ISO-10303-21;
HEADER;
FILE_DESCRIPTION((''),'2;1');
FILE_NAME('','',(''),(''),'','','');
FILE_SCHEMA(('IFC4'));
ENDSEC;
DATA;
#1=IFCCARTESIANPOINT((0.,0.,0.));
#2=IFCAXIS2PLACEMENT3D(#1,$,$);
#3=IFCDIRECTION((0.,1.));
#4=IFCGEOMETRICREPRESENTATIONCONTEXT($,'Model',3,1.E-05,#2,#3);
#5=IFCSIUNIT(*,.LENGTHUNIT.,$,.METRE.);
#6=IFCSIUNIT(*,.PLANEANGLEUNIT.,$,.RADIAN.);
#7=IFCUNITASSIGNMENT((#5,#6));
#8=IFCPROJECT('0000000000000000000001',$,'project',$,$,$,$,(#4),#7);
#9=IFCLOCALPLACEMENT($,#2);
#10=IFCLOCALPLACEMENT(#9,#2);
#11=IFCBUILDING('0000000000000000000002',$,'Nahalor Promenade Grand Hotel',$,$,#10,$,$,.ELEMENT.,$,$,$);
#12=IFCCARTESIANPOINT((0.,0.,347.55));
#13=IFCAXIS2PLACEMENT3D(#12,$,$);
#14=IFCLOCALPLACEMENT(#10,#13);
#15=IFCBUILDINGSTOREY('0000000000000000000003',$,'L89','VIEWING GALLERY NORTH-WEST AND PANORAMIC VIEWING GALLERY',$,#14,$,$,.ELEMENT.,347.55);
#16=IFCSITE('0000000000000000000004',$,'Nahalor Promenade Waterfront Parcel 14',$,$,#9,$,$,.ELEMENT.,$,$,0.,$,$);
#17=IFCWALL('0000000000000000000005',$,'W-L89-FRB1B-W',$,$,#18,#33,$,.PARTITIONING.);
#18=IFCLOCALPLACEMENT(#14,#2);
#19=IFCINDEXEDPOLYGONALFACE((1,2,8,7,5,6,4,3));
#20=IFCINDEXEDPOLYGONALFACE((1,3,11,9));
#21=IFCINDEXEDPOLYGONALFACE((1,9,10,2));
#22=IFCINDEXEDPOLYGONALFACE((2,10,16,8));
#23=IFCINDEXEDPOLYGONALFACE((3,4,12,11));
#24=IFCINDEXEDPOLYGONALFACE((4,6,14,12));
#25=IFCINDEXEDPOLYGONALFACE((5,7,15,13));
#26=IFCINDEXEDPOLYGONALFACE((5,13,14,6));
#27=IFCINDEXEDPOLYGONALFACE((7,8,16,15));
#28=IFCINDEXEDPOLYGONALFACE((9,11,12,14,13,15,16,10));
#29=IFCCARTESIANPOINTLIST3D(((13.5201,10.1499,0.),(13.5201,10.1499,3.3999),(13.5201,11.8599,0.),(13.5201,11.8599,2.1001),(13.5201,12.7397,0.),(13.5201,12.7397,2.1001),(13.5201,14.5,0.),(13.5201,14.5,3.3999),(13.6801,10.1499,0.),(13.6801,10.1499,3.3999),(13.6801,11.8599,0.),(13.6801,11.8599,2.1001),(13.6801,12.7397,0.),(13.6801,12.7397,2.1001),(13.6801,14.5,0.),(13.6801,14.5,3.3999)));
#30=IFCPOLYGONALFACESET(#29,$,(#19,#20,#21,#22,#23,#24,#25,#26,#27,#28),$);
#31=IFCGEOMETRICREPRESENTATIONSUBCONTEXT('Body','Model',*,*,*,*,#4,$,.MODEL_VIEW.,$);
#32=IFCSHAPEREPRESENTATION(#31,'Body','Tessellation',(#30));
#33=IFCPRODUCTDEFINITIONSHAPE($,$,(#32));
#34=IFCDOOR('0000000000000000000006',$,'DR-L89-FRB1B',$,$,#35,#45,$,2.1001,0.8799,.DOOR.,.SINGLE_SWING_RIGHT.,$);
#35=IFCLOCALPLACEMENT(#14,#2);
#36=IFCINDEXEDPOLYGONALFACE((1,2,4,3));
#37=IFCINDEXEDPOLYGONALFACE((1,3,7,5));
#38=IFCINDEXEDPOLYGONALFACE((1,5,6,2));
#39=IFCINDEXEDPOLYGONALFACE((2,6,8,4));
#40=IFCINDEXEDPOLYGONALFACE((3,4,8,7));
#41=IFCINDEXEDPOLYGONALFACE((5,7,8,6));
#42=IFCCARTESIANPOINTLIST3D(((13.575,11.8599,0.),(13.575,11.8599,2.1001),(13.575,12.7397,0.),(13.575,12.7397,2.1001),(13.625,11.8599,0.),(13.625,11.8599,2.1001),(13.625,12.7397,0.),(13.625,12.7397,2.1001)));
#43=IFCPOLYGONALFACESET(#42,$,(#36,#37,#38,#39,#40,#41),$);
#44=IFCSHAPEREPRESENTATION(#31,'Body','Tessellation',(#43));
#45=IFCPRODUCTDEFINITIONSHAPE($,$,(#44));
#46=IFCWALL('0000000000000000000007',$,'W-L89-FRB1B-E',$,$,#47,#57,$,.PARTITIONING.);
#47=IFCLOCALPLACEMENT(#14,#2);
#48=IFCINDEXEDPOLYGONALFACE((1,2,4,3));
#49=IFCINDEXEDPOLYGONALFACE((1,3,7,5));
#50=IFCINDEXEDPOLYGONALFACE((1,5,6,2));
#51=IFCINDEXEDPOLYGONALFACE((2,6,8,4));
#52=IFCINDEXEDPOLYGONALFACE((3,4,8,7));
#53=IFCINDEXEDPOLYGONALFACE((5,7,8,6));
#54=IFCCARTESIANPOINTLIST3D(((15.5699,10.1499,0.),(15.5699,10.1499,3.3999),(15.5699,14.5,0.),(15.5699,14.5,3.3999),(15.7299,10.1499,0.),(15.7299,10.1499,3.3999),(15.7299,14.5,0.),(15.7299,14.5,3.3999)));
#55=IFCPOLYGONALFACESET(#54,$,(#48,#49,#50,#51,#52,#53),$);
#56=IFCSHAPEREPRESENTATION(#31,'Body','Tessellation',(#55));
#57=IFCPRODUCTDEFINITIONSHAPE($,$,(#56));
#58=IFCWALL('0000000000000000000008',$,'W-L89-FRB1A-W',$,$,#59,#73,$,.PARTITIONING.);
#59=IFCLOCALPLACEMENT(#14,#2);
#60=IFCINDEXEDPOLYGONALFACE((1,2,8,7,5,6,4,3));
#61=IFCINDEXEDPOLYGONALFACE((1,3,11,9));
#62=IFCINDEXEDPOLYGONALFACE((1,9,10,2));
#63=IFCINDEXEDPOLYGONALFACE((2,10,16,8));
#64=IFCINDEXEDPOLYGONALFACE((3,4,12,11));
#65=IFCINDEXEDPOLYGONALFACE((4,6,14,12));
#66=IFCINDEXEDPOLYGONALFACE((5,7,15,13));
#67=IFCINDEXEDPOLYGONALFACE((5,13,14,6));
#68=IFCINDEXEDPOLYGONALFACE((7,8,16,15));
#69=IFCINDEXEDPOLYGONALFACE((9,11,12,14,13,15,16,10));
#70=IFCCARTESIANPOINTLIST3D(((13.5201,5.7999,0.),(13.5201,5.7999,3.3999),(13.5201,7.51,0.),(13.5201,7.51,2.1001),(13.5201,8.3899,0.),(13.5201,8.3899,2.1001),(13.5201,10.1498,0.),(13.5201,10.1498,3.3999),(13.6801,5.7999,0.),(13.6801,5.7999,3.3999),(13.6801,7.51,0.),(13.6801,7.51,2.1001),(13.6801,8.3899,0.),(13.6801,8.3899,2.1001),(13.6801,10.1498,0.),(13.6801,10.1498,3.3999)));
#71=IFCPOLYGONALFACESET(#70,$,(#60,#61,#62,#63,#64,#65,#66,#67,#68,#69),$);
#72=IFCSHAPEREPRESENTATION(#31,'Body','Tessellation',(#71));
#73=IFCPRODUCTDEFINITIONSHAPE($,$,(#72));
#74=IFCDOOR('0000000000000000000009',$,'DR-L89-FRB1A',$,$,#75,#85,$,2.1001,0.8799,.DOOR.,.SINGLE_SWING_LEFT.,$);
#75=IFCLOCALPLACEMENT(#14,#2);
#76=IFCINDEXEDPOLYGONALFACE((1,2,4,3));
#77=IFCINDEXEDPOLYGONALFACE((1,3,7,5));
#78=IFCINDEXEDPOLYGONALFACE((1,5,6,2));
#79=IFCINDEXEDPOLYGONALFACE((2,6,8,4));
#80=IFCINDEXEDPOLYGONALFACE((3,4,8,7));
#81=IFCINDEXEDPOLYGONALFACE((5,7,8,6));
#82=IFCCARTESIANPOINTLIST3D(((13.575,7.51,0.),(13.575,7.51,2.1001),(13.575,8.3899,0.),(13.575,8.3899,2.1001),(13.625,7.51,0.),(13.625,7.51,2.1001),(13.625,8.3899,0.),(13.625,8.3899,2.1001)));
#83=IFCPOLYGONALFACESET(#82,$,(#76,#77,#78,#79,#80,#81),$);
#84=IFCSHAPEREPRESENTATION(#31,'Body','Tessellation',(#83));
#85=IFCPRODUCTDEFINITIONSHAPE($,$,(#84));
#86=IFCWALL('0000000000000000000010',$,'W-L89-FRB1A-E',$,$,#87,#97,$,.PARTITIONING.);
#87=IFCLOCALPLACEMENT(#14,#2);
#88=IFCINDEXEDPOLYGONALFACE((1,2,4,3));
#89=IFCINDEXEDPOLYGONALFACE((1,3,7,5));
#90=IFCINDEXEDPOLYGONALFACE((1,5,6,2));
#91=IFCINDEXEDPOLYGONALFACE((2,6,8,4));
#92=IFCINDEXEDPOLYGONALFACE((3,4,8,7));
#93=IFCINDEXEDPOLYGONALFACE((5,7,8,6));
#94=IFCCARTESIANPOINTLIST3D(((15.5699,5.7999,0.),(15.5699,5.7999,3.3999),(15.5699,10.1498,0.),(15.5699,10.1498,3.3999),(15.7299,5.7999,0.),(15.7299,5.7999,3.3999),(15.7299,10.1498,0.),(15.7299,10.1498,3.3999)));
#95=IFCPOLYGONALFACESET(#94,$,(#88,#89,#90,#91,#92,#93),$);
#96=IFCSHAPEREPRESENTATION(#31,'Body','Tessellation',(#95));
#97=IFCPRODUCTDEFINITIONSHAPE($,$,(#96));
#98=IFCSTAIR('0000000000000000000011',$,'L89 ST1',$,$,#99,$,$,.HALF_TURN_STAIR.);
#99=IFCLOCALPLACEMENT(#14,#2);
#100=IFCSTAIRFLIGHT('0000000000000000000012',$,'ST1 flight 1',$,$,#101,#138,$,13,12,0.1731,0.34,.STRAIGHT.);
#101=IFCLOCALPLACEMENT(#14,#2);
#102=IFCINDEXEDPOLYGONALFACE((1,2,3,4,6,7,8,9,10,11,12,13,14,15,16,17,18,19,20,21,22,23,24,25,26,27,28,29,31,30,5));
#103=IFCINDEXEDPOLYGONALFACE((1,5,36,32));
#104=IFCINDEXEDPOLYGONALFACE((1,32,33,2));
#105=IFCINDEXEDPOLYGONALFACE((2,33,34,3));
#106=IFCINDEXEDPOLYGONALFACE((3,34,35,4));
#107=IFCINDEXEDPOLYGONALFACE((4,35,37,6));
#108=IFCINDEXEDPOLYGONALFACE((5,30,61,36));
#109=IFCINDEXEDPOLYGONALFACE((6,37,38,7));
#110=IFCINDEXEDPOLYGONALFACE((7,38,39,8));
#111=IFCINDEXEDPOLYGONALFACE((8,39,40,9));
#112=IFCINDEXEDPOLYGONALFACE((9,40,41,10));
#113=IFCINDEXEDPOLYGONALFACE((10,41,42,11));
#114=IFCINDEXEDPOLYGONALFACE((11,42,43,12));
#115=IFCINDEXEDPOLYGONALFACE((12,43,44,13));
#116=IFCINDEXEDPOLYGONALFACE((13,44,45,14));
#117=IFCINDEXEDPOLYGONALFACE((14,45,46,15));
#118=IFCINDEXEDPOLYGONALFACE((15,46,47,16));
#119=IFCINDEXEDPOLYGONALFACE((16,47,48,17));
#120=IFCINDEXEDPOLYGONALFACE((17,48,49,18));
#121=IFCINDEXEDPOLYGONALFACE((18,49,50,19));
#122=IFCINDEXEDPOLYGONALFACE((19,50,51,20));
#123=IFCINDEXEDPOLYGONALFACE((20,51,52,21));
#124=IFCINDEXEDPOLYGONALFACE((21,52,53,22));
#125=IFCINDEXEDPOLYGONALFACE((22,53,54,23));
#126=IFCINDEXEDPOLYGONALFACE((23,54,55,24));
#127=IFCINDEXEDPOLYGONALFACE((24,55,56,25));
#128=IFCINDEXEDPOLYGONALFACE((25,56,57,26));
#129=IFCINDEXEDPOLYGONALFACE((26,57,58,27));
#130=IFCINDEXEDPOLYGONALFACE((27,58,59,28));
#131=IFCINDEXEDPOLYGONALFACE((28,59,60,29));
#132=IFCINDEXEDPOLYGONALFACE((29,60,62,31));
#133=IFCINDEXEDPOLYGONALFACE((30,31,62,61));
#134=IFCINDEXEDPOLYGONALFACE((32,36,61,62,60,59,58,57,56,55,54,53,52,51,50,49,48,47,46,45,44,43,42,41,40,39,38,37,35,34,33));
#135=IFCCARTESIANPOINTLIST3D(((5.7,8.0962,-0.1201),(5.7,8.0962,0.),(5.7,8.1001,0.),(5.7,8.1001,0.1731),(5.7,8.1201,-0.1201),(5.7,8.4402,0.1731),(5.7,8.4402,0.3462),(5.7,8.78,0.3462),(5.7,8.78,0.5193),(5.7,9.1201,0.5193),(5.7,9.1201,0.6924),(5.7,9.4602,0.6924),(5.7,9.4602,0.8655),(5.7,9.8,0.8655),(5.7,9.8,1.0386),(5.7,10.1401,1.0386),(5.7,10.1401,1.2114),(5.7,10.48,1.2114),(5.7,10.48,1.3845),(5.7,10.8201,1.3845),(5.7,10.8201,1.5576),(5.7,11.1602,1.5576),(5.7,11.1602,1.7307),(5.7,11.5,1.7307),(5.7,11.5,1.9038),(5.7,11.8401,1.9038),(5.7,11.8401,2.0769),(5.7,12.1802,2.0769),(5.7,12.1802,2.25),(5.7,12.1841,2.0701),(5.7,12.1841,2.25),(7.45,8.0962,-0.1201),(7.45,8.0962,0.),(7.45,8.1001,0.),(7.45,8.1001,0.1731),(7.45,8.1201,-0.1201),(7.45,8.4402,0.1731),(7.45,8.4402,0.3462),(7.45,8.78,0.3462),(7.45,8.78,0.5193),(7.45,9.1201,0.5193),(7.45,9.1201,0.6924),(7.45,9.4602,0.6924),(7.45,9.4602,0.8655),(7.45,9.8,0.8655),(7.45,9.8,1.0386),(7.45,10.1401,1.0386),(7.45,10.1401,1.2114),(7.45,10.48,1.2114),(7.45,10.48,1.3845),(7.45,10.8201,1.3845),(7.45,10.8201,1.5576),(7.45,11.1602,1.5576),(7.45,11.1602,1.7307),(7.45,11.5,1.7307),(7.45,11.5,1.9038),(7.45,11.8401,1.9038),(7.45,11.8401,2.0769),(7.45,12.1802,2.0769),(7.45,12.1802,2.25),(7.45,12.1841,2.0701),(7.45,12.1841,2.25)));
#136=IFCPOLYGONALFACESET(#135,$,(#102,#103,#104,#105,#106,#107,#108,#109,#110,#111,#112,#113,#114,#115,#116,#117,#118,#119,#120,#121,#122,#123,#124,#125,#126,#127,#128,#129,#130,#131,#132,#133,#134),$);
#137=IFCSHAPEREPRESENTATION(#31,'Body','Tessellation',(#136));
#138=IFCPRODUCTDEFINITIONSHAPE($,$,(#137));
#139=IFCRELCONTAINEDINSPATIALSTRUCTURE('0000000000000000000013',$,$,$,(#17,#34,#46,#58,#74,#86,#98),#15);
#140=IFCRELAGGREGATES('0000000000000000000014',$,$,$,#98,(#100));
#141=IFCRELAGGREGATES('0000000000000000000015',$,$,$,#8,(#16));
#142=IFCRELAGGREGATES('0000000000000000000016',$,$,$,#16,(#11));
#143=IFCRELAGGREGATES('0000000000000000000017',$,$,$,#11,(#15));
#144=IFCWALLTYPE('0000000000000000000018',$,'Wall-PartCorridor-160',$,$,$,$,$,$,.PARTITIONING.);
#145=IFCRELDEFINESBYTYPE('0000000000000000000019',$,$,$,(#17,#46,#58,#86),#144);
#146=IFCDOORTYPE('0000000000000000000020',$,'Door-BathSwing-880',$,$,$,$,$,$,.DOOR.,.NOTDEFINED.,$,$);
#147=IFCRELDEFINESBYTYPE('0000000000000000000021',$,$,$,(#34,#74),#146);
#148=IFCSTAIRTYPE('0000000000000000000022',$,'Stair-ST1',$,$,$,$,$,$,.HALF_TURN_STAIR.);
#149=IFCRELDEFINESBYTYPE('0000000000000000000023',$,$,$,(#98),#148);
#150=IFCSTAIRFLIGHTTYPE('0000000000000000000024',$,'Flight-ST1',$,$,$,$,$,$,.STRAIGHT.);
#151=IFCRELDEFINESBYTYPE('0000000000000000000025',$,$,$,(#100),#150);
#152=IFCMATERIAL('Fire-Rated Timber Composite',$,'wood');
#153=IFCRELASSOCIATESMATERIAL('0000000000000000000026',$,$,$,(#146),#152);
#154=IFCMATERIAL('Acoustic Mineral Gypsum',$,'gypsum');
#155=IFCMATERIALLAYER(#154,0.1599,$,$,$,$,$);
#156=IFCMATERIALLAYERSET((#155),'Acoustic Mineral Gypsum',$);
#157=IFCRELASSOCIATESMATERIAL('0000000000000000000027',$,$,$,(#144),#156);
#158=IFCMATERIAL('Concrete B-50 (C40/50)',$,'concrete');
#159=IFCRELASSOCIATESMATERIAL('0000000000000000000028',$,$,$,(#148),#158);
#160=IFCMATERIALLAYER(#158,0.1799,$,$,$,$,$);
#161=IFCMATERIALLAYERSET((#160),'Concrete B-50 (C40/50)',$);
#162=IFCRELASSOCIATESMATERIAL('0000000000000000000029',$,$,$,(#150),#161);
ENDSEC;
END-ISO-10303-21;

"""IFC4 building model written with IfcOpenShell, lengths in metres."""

from ifc_helpers import new_model, si_unit, direction, frame, frame_2d, origin, place, context, subcontext, project, spatial, polyline, rectangle, outline, extrude, source, transform, mapped, material, layer, layer_set, type_object, element, fill, aggregate, save


model = new_model("IFC4")

# Units and contexts
model_context = context("Model", 3, precision=1e-05, world=origin(), true_north=direction((0.0, 1.0)))
body_context = subcontext(model_context, "Body", "Model", "MODEL_VIEW")
ifc_project = project(units=[si_unit("LENGTHUNIT", "METRE"), si_unit("PLANEANGLEUNIT", "RADIAN")], contexts=[model_context])

# Site, building, storey
site_placement = place(None, origin())
site = spatial("IfcSite", under=ifc_project, at=site_placement, Name="Nahalor Promenade Waterfront Parcel 14", CompositionType="ELEMENT", RefElevation=0.0)
building_placement = place(site_placement, origin())
building = spatial("IfcBuilding", under=site, at=building_placement, Name="Nahalor Promenade Grand Hotel", CompositionType="ELEMENT")
storey_placement = place(building_placement, frame((0.0, 0.0, 347.55)))
storey = spatial("IfcBuildingStorey", under=building, at=storey_placement, Name="L89", Description="VIEWING GALLERY NORTH-WEST AND PANORAMIC VIEWING GALLERY", CompositionType="ELEMENT", Elevation=347.55)

# Shared definitions
ifc_material_1 = material(Name="Concrete B-50 (C40/50)", Category="concrete")

# Shared definitions
ifc_material_2 = material(Name="Acoustic Mineral Gypsum", Category="gypsum")

# Shared definitions
ifc_material_3 = material(Name="Fire-Rated Timber Composite", Category="wood")
door_type_1 = type_object("IfcDoorType", Name="Door-BathSwing-880", OperationType="NOTDEFINED", PredefinedType="DOOR", material=ifc_material_3)
shared_shape_1 = source(origin(), body_context, "Body", "SweptSolid", [
    extrude(rectangle(XDim=0.8799, YDim=2.1001, at=frame_2d((0.4399, 1.05))), frame((0.0, 0.0249, 0.0), z_axis=(0.0, -1.0, 0.0), x_axis=(1.0, 0.0, 0.0)), (0.0, 0.0, 1.0), 0.05),
])

# Shared definitions
ifc_layer_1 = layer(ifc_material_2, 0.1599)
ifc_layer_set_1 = layer_set([ifc_layer_1], Name="Acoustic Mineral Gypsum")
wall_type_1 = type_object("IfcWallType", Name="Wall-PartCorridor-160", PredefinedType="PARTITIONING", material=ifc_layer_set_1)

# Wall, opening, door
shared_shape_2 = source(origin(), body_context, "Body", "SweptSolid", [
    extrude(rectangle(XDim=4.3501, YDim=0.1599, at=frame_2d((2.175, 0.0))), origin(), (0.0, 0.0, 1.0), 3.3999),
])
wall_1_placement = place(storey_placement, frame((13.6001, 10.1499, 0.0), z_axis=(0.0, 0.0, 1.0), x_axis=(0.0, 1.0, 0.0)))
wall_1 = element("IfcWall", 1, at=wall_1_placement, inside=storey, type_object=wall_type_1, Name="W-L89-FRB1B-W", PredefinedType="PARTITIONING", context=body_context, shape_type="MappedRepresentation", body=[
    mapped(shared_shape_2, transform((0.0, 0.0, 0.0), scale=1.0)),
])
opening_1_placement = place(wall_1_placement, frame((1.71, 0.0, 0.0)))
opening_1 = element("IfcOpeningElement", 2, at=opening_1_placement, cuts=wall_1, PredefinedType="OPENING", context=body_context, shape_type="SweptSolid", body=[
    extrude(rectangle(XDim=0.8799, YDim=2.1001, at=frame_2d((0.4399, 1.05))), frame((0.0, 0.0898, 0.0), z_axis=(0.0, -1.0, 0.0), x_axis=(1.0, 0.0, 0.0)), (0.0, 0.0, 1.0), 0.1799),
])
door_1_placement = place(opening_1_placement, frame((0.8799, 0.0, 0.0), z_axis=(0.0, 0.0, 1.0), x_axis=(-1.0, 0.0, 0.0)))
door_1 = element("IfcDoor", 3, at=door_1_placement, inside=storey, type_object=door_type_1, Name="DR-L89-FRB1B", OperationType="SINGLE_SWING_RIGHT", OverallHeight=2.1001, OverallWidth=0.8799, PredefinedType="DOOR", context=body_context, shape_type="MappedRepresentation", body=[
    mapped(shared_shape_1, transform((0.0, 0.0, 0.0), scale=1.0)),
])
fill(opening_1, door_1)

# Wall
wall_2_placement = place(storey_placement, frame((15.6499, 10.1499, 0.0), z_axis=(0.0, 0.0, 1.0), x_axis=(0.0, 1.0, 0.0)))
element("IfcWall", 4, at=wall_2_placement, inside=storey, type_object=wall_type_1, Name="W-L89-FRB1B-E", PredefinedType="PARTITIONING", context=body_context, shape_type="MappedRepresentation", body=[
    mapped(shared_shape_2, transform((0.0, 0.0, 0.0), scale=1.0)),
])

# Wall, opening, door
shared_shape_3 = source(origin(), body_context, "Body", "SweptSolid", [
    extrude(rectangle(XDim=4.3499, YDim=0.1599, at=frame_2d((2.1748, 0.0))), origin(), (0.0, 0.0, 1.0), 3.3999),
])
wall_3_placement = place(storey_placement, frame((13.6001, 5.8, 0.0), z_axis=(0.0, 0.0, 1.0), x_axis=(0.0, 1.0, 0.0)))
wall_3 = element("IfcWall", 5, at=wall_3_placement, inside=storey, type_object=wall_type_1, Name="W-L89-FRB1A-W", PredefinedType="PARTITIONING", context=body_context, shape_type="MappedRepresentation", body=[
    mapped(shared_shape_3, transform((0.0, 0.0, 0.0), scale=1.0)),
])
opening_2_placement = place(wall_3_placement, frame((1.71, 0.0, 0.0)))
opening_2 = element("IfcOpeningElement", 6, at=opening_2_placement, cuts=wall_3, PredefinedType="OPENING", context=body_context, shape_type="SweptSolid", body=[
    extrude(rectangle(XDim=0.8799, YDim=2.1001, at=frame_2d((0.4399, 1.05))), frame((0.0, 0.0898, 0.0), z_axis=(0.0, -1.0, 0.0), x_axis=(1.0, 0.0, 0.0)), (0.0, 0.0, 1.0), 0.1799),
])
door_2_placement = place(opening_2_placement, frame((0.8799, 0.0, 0.0), z_axis=(0.0, 0.0, 1.0), x_axis=(-1.0, 0.0, 0.0)))
door_2 = element("IfcDoor", 7, at=door_2_placement, inside=storey, type_object=door_type_1, Name="DR-L89-FRB1A", OperationType="SINGLE_SWING_LEFT", OverallHeight=2.1001, OverallWidth=0.8799, PredefinedType="DOOR", context=body_context, shape_type="MappedRepresentation", body=[
    mapped(shared_shape_1, transform((0.0, 0.0, 0.0), scale=1.0)),
])
fill(opening_2, door_2)

# Wall
wall_4_placement = place(storey_placement, frame((15.6499, 5.8, 0.0), z_axis=(0.0, 0.0, 1.0), x_axis=(0.0, 1.0, 0.0)))
element("IfcWall", 8, at=wall_4_placement, inside=storey, type_object=wall_type_1, Name="W-L89-FRB1A-E", PredefinedType="PARTITIONING", context=body_context, shape_type="MappedRepresentation", body=[
    mapped(shared_shape_3, transform((0.0, 0.0, 0.0), scale=1.0)),
])

# Stair, stair flight
stair_type = type_object("IfcStairType", Name="Stair-ST1", PredefinedType="HALF_TURN_STAIR", material=ifc_material_1)
stair_placement = place(storey_placement, origin())
stair = element("IfcStair", 9, at=stair_placement, inside=storey, type_object=stair_type, Name="L89 ST1", PredefinedType="HALF_TURN_STAIR")
ifc_layer_2 = layer(ifc_material_1, 0.1799)
ifc_layer_set_2 = layer_set([ifc_layer_2], Name="Concrete B-50 (C40/50)")
stair_flight_type = type_object("IfcStairFlightType", Name="Flight-ST1", PredefinedType="STRAIGHT", material=ifc_layer_set_2)
shared_shape_4 = source(origin(), body_context, "Body", "SweptSolid", [
    extrude(outline(polyline([(-0.0039, -0.1201), (-0.0039, 0.0), (0.0, 0.0), (0.0, 0.1731), (0.3401, 0.1731), (0.3401, 0.3462), (0.6799, 0.3462), (0.6799, 0.5193), (1.02, 0.5193), (1.02, 0.6924), (1.3601, 0.6924), (1.3601, 0.8655), (1.7, 0.8655), (1.7, 1.0386), (2.04, 1.0386), (2.04, 1.2114), (2.3799, 1.2114), (2.3799, 1.3845), (2.72, 1.3845), (2.72, 1.5576), (3.0601, 1.5576), (3.0601, 1.7307), (3.3999, 1.7307), (3.3999, 1.9038), (3.74, 1.9038), (3.74, 2.0769), (4.0801, 2.0769), (4.0801, 2.25), (4.084, 2.25), (4.084, 2.0701), (0.02, -0.1201), (-0.0039, -0.1201)])), frame((0.0, 0.875, 0.0), z_axis=(0.0, -1.0, 0.0), x_axis=(1.0, 0.0, 0.0)), (0.0, 0.0, 1.0), 1.75),
])
stair_flight_placement = place(storey_placement, frame((6.575, 8.1001, 0.0), z_axis=(0.0, 0.0, 1.0), x_axis=(0.0, 1.0, 0.0)))
stair_flight = element("IfcStairFlight", 10, at=stair_flight_placement, type_object=stair_flight_type, Name="ST1 flight 1", NumberOfRisers=13, NumberOfTreads=12, PredefinedType="STRAIGHT", RiserHeight=0.1731, TreadLength=0.34, context=body_context, shape_type="MappedRepresentation", body=[
    mapped(shared_shape_4, transform((0.0, 0.0, 0.0), scale=1.0)),
])
aggregate(stair, [stair_flight])

save(model, "model.ifc")
